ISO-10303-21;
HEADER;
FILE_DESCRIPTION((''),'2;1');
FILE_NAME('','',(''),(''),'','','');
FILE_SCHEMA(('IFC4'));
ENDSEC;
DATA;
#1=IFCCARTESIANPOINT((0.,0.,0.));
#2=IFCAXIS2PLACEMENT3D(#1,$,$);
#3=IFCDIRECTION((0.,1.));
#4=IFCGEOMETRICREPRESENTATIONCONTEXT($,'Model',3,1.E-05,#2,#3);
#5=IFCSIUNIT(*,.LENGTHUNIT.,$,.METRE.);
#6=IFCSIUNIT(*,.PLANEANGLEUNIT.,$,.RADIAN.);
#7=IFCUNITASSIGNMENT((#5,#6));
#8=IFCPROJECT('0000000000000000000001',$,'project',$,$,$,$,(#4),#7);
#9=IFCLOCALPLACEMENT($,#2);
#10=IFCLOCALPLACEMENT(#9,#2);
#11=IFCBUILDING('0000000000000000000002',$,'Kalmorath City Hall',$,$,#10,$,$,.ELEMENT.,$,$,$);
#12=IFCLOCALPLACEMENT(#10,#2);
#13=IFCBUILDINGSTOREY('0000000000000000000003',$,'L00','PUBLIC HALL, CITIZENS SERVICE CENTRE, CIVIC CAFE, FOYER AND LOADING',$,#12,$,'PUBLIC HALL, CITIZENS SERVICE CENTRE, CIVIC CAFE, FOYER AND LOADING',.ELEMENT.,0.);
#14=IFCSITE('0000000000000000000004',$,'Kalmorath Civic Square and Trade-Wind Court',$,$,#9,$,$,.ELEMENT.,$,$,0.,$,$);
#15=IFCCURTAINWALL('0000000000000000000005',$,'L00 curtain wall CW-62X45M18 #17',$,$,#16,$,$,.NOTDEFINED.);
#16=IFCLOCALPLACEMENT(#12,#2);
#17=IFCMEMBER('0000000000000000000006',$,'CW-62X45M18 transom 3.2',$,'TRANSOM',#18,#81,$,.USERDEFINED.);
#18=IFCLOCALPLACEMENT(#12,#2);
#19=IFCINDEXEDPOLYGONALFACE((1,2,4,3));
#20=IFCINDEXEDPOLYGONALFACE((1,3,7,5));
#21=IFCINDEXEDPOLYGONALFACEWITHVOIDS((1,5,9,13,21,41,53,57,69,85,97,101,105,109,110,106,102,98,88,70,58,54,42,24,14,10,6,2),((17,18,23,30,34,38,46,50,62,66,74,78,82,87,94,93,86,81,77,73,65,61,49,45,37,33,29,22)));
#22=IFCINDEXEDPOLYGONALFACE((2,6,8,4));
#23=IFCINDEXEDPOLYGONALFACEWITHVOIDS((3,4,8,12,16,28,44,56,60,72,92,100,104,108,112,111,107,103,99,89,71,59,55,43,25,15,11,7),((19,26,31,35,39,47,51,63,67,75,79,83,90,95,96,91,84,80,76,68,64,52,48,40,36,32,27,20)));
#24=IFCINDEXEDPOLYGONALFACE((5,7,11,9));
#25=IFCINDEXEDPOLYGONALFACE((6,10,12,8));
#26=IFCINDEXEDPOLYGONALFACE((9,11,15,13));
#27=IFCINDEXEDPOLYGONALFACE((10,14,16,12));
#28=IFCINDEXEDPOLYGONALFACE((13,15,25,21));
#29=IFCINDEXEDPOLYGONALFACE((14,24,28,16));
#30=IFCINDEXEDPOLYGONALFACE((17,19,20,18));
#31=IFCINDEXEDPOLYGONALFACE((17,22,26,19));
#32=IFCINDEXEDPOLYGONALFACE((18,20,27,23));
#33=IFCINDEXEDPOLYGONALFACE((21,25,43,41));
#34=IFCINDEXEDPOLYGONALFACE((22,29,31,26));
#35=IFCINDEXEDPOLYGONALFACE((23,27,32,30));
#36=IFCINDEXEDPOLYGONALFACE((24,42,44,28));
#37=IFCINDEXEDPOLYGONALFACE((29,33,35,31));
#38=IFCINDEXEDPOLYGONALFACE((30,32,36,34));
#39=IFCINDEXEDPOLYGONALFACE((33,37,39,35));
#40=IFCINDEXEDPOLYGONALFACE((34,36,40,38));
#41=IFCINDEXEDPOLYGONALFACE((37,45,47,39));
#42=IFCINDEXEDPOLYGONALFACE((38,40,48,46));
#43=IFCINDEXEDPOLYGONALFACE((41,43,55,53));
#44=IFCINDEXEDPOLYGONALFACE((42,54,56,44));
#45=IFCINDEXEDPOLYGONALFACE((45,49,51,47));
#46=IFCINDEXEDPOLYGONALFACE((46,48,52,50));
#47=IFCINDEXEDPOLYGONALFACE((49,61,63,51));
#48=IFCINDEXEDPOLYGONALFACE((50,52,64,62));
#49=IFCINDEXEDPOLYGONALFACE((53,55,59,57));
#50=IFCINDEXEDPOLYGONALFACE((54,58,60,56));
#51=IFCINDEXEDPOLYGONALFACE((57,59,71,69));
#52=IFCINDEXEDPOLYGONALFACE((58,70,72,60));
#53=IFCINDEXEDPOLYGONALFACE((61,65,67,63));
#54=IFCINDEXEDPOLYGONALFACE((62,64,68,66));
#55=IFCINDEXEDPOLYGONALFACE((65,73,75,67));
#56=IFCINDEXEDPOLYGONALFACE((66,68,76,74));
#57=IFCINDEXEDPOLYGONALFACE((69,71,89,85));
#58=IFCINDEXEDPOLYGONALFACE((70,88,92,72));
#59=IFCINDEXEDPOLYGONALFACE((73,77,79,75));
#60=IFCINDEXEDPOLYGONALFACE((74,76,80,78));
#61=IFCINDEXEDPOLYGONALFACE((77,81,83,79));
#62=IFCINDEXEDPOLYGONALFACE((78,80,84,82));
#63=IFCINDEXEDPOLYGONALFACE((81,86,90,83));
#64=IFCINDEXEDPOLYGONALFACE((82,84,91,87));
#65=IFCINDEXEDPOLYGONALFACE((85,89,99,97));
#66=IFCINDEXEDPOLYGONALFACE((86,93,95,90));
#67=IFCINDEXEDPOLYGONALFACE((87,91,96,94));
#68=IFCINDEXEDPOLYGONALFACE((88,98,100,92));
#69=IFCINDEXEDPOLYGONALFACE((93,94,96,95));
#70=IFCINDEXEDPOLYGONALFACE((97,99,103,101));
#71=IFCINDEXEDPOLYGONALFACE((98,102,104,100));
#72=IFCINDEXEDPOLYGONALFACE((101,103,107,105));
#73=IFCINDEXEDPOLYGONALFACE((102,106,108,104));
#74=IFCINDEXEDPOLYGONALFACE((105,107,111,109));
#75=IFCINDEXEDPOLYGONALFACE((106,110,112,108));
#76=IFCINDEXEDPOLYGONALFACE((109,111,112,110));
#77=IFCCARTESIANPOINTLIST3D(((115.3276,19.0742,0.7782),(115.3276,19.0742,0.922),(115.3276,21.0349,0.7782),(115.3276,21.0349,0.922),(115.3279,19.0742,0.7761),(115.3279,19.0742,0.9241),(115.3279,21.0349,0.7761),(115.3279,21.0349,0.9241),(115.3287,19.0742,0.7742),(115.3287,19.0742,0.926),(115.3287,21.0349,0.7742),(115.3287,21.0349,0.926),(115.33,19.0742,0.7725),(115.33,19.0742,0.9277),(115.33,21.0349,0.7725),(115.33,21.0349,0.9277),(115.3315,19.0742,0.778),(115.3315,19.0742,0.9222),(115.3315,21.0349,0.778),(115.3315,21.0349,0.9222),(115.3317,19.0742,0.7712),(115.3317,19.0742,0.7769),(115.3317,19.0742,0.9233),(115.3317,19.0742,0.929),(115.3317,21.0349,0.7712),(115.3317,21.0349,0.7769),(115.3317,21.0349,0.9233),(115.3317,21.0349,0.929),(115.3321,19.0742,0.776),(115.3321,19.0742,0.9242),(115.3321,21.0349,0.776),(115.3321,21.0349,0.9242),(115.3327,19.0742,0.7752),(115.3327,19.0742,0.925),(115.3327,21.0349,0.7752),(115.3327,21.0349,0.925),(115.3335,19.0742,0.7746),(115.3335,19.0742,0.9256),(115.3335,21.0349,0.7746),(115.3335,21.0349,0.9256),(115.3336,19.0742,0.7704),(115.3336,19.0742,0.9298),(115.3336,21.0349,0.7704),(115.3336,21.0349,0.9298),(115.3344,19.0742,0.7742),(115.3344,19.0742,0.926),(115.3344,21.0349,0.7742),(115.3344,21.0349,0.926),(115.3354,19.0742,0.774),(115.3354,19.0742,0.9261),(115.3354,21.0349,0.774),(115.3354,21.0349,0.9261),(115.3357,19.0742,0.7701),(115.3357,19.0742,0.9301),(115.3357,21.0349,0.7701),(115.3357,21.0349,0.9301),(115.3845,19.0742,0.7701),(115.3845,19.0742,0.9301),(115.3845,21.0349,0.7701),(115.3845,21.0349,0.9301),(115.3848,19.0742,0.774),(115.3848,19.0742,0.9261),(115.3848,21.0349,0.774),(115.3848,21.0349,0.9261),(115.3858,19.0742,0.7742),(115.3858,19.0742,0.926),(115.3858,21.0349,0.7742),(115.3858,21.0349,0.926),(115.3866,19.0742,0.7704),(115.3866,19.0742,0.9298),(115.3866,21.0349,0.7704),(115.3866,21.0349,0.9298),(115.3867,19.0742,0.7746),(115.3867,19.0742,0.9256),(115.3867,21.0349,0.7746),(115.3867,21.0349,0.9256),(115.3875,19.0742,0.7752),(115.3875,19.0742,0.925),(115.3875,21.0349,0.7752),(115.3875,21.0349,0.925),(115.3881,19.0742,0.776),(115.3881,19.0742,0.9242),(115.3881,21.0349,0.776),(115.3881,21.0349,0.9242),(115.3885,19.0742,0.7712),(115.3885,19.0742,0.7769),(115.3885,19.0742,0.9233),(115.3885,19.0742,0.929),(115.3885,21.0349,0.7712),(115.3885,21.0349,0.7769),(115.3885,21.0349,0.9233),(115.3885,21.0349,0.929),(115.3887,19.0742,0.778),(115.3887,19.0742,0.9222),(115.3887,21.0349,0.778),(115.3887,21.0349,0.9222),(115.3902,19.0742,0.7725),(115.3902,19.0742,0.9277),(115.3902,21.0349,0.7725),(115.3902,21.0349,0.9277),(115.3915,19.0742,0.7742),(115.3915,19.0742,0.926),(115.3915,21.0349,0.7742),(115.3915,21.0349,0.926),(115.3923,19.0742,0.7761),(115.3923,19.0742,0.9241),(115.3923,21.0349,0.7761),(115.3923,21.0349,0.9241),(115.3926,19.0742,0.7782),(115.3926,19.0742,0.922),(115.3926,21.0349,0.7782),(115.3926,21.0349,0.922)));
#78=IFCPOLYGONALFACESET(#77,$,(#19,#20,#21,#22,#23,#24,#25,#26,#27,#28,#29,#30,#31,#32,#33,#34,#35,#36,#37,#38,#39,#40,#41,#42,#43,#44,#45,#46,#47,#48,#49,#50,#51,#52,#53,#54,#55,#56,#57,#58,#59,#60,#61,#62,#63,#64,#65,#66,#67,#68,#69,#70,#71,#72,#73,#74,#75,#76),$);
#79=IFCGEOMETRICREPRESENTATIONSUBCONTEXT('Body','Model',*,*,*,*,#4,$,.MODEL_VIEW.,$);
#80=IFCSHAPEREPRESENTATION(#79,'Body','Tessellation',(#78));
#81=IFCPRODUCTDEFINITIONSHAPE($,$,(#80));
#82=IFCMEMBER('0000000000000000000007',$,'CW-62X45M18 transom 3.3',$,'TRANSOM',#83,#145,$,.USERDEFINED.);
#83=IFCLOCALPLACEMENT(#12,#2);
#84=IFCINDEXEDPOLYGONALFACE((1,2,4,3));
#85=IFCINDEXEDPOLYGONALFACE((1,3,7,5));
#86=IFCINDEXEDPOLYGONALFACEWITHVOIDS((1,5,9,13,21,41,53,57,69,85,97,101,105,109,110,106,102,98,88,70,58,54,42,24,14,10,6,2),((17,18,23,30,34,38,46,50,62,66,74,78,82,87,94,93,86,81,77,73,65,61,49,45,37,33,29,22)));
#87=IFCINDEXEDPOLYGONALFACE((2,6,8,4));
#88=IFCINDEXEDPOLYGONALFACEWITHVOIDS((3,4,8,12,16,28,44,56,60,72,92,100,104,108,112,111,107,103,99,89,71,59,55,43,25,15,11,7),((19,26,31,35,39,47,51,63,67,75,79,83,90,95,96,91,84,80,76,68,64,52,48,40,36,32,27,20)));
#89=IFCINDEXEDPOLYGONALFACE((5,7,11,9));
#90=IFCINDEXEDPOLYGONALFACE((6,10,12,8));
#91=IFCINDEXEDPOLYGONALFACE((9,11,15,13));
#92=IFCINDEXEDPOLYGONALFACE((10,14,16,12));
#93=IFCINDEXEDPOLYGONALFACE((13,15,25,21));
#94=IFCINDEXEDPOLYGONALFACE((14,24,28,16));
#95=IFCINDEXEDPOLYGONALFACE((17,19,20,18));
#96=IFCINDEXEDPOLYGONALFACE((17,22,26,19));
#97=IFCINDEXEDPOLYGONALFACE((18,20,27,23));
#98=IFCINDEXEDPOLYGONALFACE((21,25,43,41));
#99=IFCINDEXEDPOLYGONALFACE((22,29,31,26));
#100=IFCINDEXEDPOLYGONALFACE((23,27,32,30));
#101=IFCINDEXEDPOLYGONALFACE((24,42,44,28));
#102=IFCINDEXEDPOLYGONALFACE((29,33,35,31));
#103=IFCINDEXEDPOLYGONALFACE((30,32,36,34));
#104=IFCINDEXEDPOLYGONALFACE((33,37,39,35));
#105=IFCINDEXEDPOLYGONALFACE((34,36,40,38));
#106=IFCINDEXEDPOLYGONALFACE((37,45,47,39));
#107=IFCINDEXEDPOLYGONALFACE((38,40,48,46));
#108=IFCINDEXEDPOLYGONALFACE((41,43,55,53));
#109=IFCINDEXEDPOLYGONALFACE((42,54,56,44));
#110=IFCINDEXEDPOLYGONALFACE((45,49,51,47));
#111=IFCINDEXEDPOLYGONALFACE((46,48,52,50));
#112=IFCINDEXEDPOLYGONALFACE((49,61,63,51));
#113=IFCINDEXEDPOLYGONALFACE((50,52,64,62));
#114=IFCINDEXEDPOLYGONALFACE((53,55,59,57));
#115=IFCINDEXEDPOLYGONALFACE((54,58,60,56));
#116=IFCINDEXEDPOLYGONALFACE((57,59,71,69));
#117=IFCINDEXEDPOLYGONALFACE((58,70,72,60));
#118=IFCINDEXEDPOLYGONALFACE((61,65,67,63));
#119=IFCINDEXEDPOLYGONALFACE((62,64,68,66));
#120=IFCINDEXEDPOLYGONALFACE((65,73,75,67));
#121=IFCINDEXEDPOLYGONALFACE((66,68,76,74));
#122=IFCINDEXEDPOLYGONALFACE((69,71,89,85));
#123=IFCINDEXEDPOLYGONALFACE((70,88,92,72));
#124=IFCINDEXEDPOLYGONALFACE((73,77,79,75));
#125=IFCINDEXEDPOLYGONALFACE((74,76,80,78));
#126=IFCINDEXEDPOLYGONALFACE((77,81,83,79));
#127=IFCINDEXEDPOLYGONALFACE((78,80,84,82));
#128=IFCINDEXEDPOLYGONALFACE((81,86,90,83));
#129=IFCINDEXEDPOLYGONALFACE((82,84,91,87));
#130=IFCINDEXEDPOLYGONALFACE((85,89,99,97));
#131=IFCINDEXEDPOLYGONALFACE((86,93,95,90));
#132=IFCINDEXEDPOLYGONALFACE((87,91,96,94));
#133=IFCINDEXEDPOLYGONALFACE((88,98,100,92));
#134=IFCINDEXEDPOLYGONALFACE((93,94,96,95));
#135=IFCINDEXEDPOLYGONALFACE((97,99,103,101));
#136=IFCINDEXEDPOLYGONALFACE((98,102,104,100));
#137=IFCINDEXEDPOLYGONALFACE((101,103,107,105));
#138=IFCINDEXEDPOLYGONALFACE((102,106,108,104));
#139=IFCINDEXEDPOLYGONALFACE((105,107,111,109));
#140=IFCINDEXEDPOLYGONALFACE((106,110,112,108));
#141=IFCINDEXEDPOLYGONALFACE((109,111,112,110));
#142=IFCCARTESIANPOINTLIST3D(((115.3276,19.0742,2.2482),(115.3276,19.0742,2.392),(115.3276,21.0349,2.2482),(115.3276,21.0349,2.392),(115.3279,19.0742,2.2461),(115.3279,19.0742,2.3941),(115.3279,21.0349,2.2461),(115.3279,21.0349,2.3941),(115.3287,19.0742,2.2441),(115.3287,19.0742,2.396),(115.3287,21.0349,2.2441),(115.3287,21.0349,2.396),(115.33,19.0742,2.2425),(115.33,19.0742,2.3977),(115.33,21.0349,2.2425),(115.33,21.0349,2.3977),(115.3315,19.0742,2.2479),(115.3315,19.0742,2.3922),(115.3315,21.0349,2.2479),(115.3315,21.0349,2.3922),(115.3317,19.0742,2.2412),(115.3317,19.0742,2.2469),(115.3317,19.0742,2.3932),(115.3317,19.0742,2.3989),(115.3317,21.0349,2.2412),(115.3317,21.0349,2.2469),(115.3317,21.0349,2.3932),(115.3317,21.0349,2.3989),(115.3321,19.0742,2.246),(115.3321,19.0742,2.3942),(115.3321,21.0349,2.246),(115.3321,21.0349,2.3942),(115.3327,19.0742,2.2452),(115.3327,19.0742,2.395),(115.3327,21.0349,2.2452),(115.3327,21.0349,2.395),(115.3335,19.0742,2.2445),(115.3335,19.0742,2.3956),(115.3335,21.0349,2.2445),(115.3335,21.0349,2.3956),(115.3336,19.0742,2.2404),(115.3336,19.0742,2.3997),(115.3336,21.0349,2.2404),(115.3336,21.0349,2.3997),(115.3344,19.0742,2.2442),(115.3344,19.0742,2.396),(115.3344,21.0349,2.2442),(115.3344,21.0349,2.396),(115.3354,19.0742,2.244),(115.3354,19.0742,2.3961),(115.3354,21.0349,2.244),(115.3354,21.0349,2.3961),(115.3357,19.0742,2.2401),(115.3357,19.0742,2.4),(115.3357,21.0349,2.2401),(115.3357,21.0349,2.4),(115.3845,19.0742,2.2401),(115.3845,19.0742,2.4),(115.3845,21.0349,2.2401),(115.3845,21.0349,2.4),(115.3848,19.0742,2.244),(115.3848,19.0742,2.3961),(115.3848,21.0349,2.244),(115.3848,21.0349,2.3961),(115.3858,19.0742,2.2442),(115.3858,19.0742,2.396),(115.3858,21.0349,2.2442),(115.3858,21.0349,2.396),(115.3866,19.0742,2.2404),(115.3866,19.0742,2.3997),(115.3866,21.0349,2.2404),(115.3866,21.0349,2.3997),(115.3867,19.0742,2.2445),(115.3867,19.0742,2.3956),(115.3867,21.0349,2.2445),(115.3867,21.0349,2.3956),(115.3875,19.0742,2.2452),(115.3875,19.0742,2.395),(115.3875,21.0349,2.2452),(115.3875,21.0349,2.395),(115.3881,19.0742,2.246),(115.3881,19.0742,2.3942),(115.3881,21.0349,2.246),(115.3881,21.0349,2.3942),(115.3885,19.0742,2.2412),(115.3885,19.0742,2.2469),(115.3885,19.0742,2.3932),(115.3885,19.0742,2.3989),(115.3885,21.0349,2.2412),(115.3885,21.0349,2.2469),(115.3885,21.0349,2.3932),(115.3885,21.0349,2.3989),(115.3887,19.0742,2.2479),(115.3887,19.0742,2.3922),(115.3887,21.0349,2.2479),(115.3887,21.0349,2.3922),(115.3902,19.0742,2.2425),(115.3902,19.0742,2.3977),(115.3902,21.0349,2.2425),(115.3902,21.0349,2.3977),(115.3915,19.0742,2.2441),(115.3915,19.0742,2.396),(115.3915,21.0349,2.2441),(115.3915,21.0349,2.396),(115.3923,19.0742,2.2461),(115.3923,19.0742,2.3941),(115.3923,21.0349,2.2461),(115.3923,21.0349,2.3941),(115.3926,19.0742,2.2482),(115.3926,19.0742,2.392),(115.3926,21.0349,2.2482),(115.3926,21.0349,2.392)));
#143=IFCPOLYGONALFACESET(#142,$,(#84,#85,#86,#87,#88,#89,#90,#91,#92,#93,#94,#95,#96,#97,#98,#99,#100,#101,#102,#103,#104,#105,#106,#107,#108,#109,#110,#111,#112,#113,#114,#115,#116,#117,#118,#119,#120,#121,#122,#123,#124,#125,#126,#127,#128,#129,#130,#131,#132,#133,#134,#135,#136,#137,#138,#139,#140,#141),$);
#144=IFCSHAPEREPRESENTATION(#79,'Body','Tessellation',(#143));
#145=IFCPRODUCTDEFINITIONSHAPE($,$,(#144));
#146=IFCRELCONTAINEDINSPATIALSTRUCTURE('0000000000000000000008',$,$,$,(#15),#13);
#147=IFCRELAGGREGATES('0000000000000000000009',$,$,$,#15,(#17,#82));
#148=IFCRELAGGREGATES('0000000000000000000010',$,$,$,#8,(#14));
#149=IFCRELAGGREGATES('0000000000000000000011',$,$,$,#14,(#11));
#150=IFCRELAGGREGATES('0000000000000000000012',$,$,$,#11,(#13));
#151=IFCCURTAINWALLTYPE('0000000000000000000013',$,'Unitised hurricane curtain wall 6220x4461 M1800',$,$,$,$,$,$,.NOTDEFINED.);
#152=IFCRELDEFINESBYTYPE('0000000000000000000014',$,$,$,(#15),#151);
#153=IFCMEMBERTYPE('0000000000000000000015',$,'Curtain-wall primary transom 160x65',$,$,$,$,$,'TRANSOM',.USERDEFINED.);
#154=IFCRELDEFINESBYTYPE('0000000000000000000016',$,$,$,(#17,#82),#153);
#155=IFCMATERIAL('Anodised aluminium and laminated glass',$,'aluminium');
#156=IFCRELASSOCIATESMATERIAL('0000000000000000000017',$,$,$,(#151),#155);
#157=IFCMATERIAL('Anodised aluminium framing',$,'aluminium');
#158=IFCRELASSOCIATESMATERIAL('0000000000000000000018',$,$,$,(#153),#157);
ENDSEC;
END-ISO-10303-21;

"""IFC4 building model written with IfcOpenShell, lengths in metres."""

from ifc_helpers import new_model, si_unit, direction, frame, origin, origin_2d, place, context, subcontext, project, spatial, hollow_rectangle, extrude, material, material_profile, profile_set, type_object, element, aggregate, save


model = new_model("IFC4")

# Units and contexts
model_context = context("Model", 3, precision=1e-05, world=origin(), true_north=direction((0.0, 1.0)))
body_context = subcontext(model_context, "Body", "Model", "MODEL_VIEW")
ifc_project = project(units=[si_unit("LENGTHUNIT", "METRE"), si_unit("PLANEANGLEUNIT", "RADIAN")], contexts=[model_context])

# Site, building, storey
site_placement = place(None, origin())
site = spatial("IfcSite", under=ifc_project, at=site_placement, Name="Kalmorath Civic Square and Trade-Wind Court", CompositionType="ELEMENT", RefElevation=0.0)
building_placement = place(site_placement, origin())
building = spatial("IfcBuilding", under=site, at=building_placement, Name="Kalmorath City Hall", CompositionType="ELEMENT")
storey_placement = place(building_placement, origin())
storey = spatial("IfcBuildingStorey", under=building, at=storey_placement, Name="L00", Description="PUBLIC HALL, CITIZENS SERVICE CENTRE, CIVIC CAFE, FOYER AND LOADING", LongName="PUBLIC HALL, CITIZENS SERVICE CENTRE, CIVIC CAFE, FOYER AND LOADING", CompositionType="ELEMENT", Elevation=0.0)

# Curtain wall, members
ifc_material_1 = material(Name="Anodised aluminium and laminated glass", Category="aluminium")
curtain_wall_type = type_object("IfcCurtainWallType", Name="Unitised hurricane curtain wall 6220x4461 M1800", PredefinedType="NOTDEFINED", material=ifc_material_1)
curtain_wall_placement = place(storey_placement, origin())
curtain_wall = element("IfcCurtainWall", 1, at=curtain_wall_placement, inside=storey, type_object=curtain_wall_type, Name="L00 curtain wall CW-62X45M18 #17", PredefinedType="NOTDEFINED")
ifc_material_2 = material(Name="Anodised aluminium framing", Category="aluminium")
ifc_material_profile_1 = material_profile(ifc_material_2, hollow_rectangle(XDim=0.0649, YDim=0.1599, WallThickness=0.0039, InnerFilletRadius=0.0039, OuterFilletRadius=0.0081, at=origin_2d()), Name="ALU-TRN-160X65X4")
ifc_profile_set_1 = profile_set([ifc_material_profile_1], Name="Anodised aluminium framing")
member_type_1 = type_object("IfcMemberType", Name="Curtain-wall primary transom 160x65", ElementType="TRANSOM", PredefinedType="USERDEFINED", material=ifc_profile_set_1)
member_1_placement = place(storey_placement, frame((115.3601, 19.0742, 0.8501), z_axis=(0.0, 1.0, 0.0), x_axis=(-1.0, 0.0, 0.0)))
member_1 = element("IfcMember", 2, at=member_1_placement, type_object=member_type_1, Name="CW-62X45M18 transom 3.2", ObjectType="TRANSOM", PredefinedType="USERDEFINED", context=body_context, shape_type="SweptSolid", body=[
    extrude(hollow_rectangle(XDim=0.0649, YDim=0.1599, WallThickness=0.0039, InnerFilletRadius=0.0039, OuterFilletRadius=0.0081, at=origin_2d()), origin(), (0.0, 0.0, 1.0), 1.9607),
])
member_2_placement = place(storey_placement, frame((115.3601, 19.0742, 2.3201), z_axis=(0.0, 1.0, 0.0), x_axis=(-1.0, 0.0, 0.0)))
member_2 = element("IfcMember", 3, at=member_2_placement, type_object=member_type_1, Name="CW-62X45M18 transom 3.3", ObjectType="TRANSOM", PredefinedType="USERDEFINED", context=body_context, shape_type="SweptSolid", body=[
    extrude(hollow_rectangle(XDim=0.0649, YDim=0.1599, WallThickness=0.0039, InnerFilletRadius=0.0039, OuterFilletRadius=0.0081, at=origin_2d()), origin(), (0.0, 0.0, 1.0), 1.9607),
])

aggregate(curtain_wall, [member_1, member_2])

save(model, "model.ifc")
